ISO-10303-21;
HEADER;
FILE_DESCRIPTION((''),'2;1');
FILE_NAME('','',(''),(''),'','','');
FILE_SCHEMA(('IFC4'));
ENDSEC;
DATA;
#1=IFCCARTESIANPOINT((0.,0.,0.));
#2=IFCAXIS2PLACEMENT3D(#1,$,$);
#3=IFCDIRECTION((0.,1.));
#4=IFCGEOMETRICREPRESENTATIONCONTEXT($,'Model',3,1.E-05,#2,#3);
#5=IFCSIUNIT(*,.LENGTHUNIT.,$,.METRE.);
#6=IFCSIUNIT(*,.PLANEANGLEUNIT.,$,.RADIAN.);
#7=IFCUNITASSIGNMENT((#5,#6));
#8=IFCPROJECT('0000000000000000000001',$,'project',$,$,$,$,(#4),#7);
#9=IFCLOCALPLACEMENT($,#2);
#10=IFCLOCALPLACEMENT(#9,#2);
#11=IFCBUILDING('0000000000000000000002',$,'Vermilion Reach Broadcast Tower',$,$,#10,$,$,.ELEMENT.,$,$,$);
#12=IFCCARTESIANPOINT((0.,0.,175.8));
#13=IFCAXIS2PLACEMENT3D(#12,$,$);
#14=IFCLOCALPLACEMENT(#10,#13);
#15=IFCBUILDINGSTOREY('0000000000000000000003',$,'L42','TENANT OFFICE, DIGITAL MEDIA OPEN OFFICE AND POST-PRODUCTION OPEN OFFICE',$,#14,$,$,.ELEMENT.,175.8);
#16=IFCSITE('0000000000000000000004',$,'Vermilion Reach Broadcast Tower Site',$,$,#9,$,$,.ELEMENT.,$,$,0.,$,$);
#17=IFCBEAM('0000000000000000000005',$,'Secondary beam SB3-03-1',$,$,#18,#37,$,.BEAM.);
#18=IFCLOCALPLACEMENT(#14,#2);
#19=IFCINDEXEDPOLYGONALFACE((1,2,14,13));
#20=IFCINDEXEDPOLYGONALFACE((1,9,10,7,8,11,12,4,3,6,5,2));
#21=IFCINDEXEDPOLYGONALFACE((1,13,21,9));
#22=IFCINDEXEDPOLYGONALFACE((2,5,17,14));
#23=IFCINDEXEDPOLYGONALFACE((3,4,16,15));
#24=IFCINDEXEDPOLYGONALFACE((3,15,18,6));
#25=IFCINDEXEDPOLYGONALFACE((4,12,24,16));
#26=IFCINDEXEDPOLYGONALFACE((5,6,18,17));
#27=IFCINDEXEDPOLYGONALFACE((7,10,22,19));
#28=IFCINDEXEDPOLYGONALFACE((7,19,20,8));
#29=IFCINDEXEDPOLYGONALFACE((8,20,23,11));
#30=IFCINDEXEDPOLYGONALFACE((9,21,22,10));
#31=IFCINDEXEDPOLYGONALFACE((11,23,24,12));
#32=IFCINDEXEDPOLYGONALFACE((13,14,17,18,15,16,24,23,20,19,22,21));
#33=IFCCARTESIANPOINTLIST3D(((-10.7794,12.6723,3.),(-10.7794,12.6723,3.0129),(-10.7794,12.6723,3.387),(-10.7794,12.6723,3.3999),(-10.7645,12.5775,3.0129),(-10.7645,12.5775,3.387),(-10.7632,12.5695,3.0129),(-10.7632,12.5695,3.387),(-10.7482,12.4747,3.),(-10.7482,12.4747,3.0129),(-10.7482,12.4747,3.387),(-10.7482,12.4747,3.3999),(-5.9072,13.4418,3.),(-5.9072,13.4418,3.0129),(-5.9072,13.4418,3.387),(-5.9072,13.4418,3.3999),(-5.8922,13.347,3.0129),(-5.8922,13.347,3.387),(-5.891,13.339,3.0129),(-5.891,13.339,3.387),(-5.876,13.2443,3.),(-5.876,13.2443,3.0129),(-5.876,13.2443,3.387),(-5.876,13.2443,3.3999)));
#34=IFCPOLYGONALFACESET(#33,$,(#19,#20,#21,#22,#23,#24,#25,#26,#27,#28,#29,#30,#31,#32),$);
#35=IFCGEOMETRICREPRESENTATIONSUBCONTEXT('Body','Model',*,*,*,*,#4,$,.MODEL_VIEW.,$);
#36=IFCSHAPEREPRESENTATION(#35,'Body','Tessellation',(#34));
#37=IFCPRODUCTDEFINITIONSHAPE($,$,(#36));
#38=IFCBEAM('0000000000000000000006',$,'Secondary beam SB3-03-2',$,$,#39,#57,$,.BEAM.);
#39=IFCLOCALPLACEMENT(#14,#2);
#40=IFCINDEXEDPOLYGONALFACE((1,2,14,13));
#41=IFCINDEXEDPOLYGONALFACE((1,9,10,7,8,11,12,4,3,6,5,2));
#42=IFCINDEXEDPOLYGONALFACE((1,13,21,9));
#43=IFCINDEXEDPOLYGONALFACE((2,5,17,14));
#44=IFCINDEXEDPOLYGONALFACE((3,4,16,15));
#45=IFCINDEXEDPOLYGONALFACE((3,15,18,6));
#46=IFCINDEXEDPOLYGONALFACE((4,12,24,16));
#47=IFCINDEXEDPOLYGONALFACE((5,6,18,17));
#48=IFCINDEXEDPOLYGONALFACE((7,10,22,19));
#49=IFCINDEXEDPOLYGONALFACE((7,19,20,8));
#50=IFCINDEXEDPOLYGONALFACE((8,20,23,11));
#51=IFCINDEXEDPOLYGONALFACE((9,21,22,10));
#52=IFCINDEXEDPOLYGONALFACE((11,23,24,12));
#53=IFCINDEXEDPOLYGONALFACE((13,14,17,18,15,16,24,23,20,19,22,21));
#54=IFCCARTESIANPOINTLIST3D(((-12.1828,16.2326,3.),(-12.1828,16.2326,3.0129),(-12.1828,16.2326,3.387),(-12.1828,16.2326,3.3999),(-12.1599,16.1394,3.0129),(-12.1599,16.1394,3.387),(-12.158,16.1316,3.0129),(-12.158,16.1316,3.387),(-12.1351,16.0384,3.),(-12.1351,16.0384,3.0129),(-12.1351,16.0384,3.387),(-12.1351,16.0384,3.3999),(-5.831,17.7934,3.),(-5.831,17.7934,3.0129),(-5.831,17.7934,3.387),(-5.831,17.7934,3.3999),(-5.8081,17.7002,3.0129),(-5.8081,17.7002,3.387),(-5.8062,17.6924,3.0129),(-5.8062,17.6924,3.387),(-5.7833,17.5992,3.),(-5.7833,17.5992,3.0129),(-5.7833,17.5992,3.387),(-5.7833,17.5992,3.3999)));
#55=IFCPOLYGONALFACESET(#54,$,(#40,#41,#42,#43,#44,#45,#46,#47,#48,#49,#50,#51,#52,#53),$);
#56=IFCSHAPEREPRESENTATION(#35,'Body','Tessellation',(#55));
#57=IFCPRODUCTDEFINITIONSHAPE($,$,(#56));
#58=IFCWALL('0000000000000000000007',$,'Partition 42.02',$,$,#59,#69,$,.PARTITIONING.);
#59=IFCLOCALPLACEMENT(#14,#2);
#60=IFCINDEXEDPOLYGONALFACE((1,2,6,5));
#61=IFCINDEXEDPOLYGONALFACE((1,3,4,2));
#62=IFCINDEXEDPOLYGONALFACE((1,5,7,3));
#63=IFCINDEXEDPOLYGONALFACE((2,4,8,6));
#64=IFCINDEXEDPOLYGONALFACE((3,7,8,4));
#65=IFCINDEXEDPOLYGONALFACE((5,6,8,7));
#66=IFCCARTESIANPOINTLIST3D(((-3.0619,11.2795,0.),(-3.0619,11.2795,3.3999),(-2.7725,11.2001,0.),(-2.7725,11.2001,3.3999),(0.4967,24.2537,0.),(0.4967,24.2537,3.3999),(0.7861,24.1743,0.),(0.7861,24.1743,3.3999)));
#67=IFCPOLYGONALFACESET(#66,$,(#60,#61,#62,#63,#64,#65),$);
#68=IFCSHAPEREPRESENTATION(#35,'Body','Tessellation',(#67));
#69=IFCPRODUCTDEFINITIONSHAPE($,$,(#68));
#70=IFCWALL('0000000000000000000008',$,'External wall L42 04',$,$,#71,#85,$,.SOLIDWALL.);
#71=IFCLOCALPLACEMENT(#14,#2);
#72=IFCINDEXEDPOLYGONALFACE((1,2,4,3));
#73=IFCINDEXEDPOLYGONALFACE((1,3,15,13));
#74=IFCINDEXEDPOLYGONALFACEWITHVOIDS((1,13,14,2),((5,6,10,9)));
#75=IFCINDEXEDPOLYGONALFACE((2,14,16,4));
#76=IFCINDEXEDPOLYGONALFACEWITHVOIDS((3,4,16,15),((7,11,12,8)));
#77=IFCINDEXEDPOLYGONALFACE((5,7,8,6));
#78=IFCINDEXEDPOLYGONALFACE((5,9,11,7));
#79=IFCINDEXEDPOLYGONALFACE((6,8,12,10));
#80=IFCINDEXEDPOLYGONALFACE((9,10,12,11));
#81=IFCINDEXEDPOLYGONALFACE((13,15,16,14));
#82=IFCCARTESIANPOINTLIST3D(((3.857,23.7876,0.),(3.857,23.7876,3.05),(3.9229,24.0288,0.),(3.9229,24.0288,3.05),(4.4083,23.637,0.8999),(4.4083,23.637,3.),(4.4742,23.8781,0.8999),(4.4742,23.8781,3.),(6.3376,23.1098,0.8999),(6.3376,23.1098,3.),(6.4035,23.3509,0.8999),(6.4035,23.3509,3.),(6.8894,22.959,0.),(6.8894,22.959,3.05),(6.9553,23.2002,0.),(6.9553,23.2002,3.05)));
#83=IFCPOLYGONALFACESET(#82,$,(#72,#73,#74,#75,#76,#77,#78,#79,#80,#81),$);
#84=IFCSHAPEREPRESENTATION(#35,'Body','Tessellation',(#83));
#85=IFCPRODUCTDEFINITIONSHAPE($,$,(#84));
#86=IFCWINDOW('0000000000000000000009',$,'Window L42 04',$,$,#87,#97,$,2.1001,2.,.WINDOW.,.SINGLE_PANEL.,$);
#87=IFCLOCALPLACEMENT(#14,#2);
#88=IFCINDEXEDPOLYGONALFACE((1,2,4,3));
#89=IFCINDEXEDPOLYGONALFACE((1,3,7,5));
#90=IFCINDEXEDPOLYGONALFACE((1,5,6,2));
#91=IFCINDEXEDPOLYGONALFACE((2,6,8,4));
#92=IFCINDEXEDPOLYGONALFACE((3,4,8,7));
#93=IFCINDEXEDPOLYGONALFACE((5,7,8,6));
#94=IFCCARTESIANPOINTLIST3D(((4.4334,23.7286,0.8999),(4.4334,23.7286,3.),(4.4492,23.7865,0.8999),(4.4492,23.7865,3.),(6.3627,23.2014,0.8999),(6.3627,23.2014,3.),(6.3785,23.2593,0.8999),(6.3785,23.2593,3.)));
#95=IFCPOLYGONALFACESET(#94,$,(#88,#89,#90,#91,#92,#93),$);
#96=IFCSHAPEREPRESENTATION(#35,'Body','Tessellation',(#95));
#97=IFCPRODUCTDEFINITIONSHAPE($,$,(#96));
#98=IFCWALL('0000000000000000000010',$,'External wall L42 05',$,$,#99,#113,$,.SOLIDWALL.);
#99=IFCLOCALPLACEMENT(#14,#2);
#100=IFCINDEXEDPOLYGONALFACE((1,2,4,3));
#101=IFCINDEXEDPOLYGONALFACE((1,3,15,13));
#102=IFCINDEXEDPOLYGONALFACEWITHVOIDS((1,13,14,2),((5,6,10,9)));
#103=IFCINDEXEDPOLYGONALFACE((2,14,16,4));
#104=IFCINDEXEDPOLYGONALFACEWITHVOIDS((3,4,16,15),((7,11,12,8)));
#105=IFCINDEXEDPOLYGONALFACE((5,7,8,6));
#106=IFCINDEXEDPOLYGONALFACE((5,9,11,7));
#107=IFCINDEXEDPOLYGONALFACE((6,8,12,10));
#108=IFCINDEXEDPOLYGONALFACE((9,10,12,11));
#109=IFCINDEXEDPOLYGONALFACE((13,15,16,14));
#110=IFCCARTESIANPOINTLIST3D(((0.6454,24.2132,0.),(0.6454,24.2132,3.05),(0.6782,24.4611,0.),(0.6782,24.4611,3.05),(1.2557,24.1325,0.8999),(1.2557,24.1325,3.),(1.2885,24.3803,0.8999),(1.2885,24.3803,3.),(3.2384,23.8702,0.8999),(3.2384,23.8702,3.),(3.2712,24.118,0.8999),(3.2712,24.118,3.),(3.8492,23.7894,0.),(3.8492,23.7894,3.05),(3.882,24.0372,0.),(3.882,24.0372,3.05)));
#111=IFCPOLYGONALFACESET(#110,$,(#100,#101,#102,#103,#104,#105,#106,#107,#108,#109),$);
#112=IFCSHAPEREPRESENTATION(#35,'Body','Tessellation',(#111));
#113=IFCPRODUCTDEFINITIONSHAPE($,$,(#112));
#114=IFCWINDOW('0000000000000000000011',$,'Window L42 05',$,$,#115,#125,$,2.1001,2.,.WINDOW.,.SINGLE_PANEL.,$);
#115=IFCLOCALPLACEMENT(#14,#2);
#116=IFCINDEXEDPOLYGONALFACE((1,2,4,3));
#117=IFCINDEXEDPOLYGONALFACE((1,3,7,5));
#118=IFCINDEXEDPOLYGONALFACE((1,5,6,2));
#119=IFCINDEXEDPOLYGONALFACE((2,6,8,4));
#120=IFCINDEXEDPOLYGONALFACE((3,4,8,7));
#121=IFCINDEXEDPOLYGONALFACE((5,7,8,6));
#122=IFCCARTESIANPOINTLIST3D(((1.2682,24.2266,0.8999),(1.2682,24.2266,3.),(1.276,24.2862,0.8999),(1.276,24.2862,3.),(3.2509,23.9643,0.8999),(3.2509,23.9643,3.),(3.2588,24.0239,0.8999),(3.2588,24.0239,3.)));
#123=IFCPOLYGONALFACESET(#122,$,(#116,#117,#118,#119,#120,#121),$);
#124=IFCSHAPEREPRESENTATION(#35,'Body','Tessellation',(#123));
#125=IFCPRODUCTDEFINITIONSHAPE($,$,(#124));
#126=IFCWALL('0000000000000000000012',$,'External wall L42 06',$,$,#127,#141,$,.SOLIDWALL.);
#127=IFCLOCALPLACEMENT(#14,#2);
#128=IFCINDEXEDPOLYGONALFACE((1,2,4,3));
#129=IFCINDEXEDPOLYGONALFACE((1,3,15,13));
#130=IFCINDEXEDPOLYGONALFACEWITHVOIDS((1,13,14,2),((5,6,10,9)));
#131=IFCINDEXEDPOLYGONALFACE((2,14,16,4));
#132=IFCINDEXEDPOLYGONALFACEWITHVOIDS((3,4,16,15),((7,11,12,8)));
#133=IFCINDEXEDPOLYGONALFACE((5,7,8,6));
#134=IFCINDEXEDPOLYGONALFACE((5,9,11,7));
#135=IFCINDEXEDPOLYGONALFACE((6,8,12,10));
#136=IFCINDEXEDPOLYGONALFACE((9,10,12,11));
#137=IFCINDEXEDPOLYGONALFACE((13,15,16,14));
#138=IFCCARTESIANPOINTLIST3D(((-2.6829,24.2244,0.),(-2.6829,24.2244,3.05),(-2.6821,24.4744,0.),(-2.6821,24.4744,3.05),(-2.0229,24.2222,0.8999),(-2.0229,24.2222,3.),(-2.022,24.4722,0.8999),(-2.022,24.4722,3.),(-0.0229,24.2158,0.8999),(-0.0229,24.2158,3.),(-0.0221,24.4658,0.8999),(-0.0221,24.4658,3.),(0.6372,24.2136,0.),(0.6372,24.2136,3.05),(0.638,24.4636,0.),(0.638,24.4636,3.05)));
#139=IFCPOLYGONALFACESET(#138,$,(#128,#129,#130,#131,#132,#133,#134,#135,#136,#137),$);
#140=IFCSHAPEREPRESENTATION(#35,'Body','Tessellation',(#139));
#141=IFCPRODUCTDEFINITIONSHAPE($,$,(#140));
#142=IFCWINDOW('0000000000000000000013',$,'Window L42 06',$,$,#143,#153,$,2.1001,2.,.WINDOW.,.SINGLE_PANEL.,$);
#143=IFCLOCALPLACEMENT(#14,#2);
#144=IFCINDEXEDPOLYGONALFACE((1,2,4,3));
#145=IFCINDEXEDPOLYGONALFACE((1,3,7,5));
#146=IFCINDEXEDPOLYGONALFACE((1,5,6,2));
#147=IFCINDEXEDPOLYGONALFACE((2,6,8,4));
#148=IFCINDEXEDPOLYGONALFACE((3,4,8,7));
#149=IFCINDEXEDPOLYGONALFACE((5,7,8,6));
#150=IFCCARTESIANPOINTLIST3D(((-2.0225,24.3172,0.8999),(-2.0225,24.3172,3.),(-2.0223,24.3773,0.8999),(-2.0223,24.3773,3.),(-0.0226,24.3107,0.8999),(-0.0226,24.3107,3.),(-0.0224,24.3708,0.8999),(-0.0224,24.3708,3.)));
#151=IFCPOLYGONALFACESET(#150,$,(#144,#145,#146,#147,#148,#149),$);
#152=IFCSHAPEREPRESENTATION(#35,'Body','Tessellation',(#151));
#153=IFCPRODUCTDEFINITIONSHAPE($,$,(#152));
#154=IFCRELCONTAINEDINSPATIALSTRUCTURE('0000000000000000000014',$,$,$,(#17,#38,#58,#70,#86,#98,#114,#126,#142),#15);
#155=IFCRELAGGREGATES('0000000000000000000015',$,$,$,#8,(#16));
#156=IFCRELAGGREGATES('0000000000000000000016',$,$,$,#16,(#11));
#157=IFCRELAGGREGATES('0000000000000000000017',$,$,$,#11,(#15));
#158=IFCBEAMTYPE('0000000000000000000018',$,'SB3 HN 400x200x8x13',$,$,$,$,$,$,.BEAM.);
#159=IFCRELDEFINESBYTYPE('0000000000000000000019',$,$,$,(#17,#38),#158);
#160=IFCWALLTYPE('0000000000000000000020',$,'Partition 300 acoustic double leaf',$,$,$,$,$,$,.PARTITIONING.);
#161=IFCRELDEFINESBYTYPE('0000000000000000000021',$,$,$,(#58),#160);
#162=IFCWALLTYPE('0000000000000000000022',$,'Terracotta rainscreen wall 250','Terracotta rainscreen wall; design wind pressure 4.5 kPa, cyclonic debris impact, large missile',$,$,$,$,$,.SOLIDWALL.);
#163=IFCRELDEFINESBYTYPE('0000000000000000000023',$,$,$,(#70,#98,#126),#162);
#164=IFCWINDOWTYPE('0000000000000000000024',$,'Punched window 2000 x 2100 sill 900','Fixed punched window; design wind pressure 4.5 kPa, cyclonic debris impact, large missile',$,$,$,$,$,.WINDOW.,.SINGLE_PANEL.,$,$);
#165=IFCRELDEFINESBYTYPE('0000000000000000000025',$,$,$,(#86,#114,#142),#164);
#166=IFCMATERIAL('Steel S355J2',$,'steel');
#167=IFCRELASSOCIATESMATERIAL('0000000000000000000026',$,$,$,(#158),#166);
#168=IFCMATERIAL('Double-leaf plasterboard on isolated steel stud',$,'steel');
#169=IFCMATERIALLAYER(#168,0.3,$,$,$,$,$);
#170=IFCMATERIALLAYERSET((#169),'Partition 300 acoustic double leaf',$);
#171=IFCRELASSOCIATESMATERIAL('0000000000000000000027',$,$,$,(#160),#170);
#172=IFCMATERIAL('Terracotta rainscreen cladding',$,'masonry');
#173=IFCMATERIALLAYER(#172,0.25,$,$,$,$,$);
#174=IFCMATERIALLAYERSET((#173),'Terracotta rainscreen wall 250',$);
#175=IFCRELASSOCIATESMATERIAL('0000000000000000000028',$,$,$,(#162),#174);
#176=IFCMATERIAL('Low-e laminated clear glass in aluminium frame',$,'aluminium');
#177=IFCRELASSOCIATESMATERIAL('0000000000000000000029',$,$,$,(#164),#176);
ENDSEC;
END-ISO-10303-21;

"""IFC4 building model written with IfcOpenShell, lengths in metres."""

from ifc_helpers import new_model, si_unit, direction, frame, frame_2d, origin, origin_2d, place, context, subcontext, project, spatial, rectangle, i_section, extrude, material, layer, layer_set, material_profile, profile_set, type_object, element, fill, save


model = new_model("IFC4")

# Units and contexts
model_context = context("Model", 3, precision=1e-05, world=origin(), true_north=direction((0.0, 1.0)))
body_context = subcontext(model_context, "Body", "Model", "MODEL_VIEW")
ifc_project = project(units=[si_unit("LENGTHUNIT", "METRE"), si_unit("PLANEANGLEUNIT", "RADIAN")], contexts=[model_context])

# Site, building, storey
site_placement = place(None, origin())
site = spatial("IfcSite", under=ifc_project, at=site_placement, Name="Vermilion Reach Broadcast Tower Site", CompositionType="ELEMENT", RefElevation=0.0)
building_placement = place(site_placement, origin())
building = spatial("IfcBuilding", under=site, at=building_placement, Name="Vermilion Reach Broadcast Tower", CompositionType="ELEMENT")
storey_placement = place(building_placement, frame((0.0, 0.0, 175.8)))
storey = spatial("IfcBuildingStorey", under=building, at=storey_placement, Name="L42", Description="TENANT OFFICE, DIGITAL MEDIA OPEN OFFICE AND POST-PRODUCTION OPEN OFFICE", CompositionType="ELEMENT", Elevation=175.8)

# Beams
ifc_material_1 = material(Name="Steel S355J2", Category="steel")
ifc_material_profile_1 = material_profile(ifc_material_1, i_section(OverallWidth=0.2, OverallDepth=0.3999, WebThickness=0.0081, FlangeThickness=0.0129, at=origin_2d()), Name="S355J2 HN 400x200x8x13")
ifc_profile_set_1 = profile_set([ifc_material_profile_1], Name="Steel S355J2")
beam_type_1 = type_object("IfcBeamType", Name="SB3 HN 400x200x8x13", PredefinedType="BEAM", material=ifc_profile_set_1)
beam_1_placement = place(storey_placement, frame((-5.8916, 13.343, 3.2), z_axis=(-0.987756, -0.156006, 0.0), x_axis=(0.156006, -0.987756, 0.0)))
element("IfcBeam", 1, at=beam_1_placement, inside=storey, type_object=beam_type_1, Name="Secondary beam SB3-03-1", PredefinedType="BEAM", context=body_context, shape_type="SweptSolid", body=[
    extrude(i_section(OverallWidth=0.2, OverallDepth=0.3999, WebThickness=0.0081, FlangeThickness=0.0129, at=origin_2d()), origin(), (0.0, 0.0, 1.0), 4.9326),
])
beam_2_placement = place(storey_placement, frame((-5.8071, 17.6963, 3.2), z_axis=(-0.971112, -0.238625, 0.0), x_axis=(0.238625, -0.971112, 0.0)))
element("IfcBeam", 2, at=beam_2_placement, inside=storey, type_object=beam_type_1, Name="Secondary beam SB3-03-2", PredefinedType="BEAM", context=body_context, shape_type="SweptSolid", body=[
    extrude(i_section(OverallWidth=0.2, OverallDepth=0.3999, WebThickness=0.0081, FlangeThickness=0.0129, at=origin_2d()), origin(), (0.0, 0.0, 1.0), 6.5408),
])

# Wall
ifc_material_2 = material(Name="Double-leaf plasterboard on isolated steel stud", Category="steel")
ifc_layer_1 = layer(ifc_material_2, 0.3)
ifc_layer_set_1 = layer_set([ifc_layer_1], Name="Partition 300 acoustic double leaf")
wall_type_1 = type_object("IfcWallType", Name="Partition 300 acoustic double leaf", PredefinedType="PARTITIONING", material=ifc_layer_set_1)
wall_1_placement = place(storey_placement, frame((0.6414, 24.2139, 0.0), z_axis=(0.0, 0.0, 1.0), x_axis=(-0.264514, -0.964382, 0.0)))
element("IfcWall", 3, at=wall_1_placement, inside=storey, type_object=wall_type_1, Name="Partition 42.02", PredefinedType="PARTITIONING", context=body_context, shape_type="SweptSolid", body=[
    extrude(rectangle(XDim=13.4534, YDim=0.3, at=frame_2d((6.7266, 0.0))), origin(), (0.0, 0.0, 1.0), 3.3999),
])

# Walls, openings, windows
ifc_material_3 = material(Name="Terracotta rainscreen cladding", Category="masonry")
ifc_layer_2 = layer(ifc_material_3, 0.25)
ifc_layer_set_2 = layer_set([ifc_layer_2], Name="Terracotta rainscreen wall 250")
wall_type_2 = type_object("IfcWallType", Name="Terracotta rainscreen wall 250", Description="Terracotta rainscreen wall; design wind pressure 4.5 kPa, cyclonic debris impact, large missile", PredefinedType="SOLIDWALL", material=ifc_layer_set_2)
wall_2_placement = place(storey_placement, frame((6.9224, 23.0796, 0.0), z_axis=(0.0, 0.0, 1.0), x_axis=(-0.964636, 0.263584, 0.0)))
wall_2 = element("IfcWall", 4, at=wall_2_placement, inside=storey, type_object=wall_type_2, Name="External wall L42 04", PredefinedType="SOLIDWALL", context=body_context, shape_type="SweptSolid", body=[
    extrude(rectangle(XDim=3.1436, YDim=0.25, at=frame_2d((1.5718, 0.0))), origin(), (0.0, 0.0, 1.0), 3.05),
])
opening_1_placement = place(wall_2_placement, frame((0.572, 0.0, 0.8999)))
opening_1 = element("IfcOpeningElement", 5, at=opening_1_placement, cuts=wall_2, PredefinedType="OPENING", context=body_context, shape_type="SweptSolid", body=[
    extrude(rectangle(XDim=2.0, YDim=2.1001, at=frame_2d((1.0, 1.05))), frame((0.0, 0.135, 0.0), z_axis=(0.0, -1.0, 0.0), x_axis=(1.0, 0.0, 0.0)), (0.0, 0.0, 1.0), 0.27),
])
ifc_material_4 = material(Name="Low-e laminated clear glass in aluminium frame", Category="aluminium")
window_type = type_object("IfcWindowType", Name="Punched window 2000 x 2100 sill 900", Description="Fixed punched window; design wind pressure 4.5 kPa, cyclonic debris impact, large missile", PartitioningType="SINGLE_PANEL", PredefinedType="WINDOW", material=ifc_material_4)
window_1_placement = place(opening_1_placement, origin())
window_1 = element("IfcWindow", 6, at=window_1_placement, inside=storey, type_object=window_type, Name="Window L42 04", OverallHeight=2.1001, OverallWidth=2.0, PartitioningType="SINGLE_PANEL", PredefinedType="WINDOW", context=body_context, shape_type="SweptSolid", body=[
    extrude(rectangle(XDim=2.0, YDim=2.1001, at=frame_2d((1.0, 1.05))), frame((0.0, 0.03, 0.0), z_axis=(0.0, -1.0, 0.0), x_axis=(1.0, 0.0, 0.0)), (0.0, 0.0, 1.0), 0.0601),
])
fill(opening_1, window_1)
wall_3_placement = place(storey_placement, frame((3.8655, 23.9133, 0.0), z_axis=(0.0, 0.0, 1.0), x_axis=(-0.991363, 0.131144, 0.0)))
wall_3 = element("IfcWall", 7, at=wall_3_placement, inside=storey, type_object=wall_type_2, Name="External wall L42 05", PredefinedType="SOLIDWALL", context=body_context, shape_type="SweptSolid", body=[
    extrude(rectangle(XDim=3.2317, YDim=0.25, at=frame_2d((1.6157, 0.0))), origin(), (0.0, 0.0, 1.0), 3.05),
])
opening_2_placement = place(wall_3_placement, frame((0.616, 0.0, 0.8999)))
opening_2 = element("IfcOpeningElement", 8, at=opening_2_placement, cuts=wall_3, PredefinedType="OPENING", context=body_context, shape_type="SweptSolid", body=[
    extrude(rectangle(XDim=2.0, YDim=2.1001, at=frame_2d((1.0, 1.05))), frame((0.0, 0.135, 0.0), z_axis=(0.0, -1.0, 0.0), x_axis=(1.0, 0.0, 0.0)), (0.0, 0.0, 1.0), 0.27),
])
window_2_placement = place(opening_2_placement, origin())
window_2 = element("IfcWindow", 9, at=window_2_placement, inside=storey, type_object=window_type, Name="Window L42 05", OverallHeight=2.1001, OverallWidth=2.0, PartitioningType="SINGLE_PANEL", PredefinedType="WINDOW", context=body_context, shape_type="SweptSolid", body=[
    extrude(rectangle(XDim=2.0, YDim=2.1001, at=frame_2d((1.0, 1.05))), frame((0.0, 0.03, 0.0), z_axis=(0.0, -1.0, 0.0), x_axis=(1.0, 0.0, 0.0)), (0.0, 0.0, 1.0), 0.0601),
])
fill(opening_2, window_2)
wall_4_placement = place(storey_placement, frame((0.6377, 24.3386, 0.0), z_axis=(0.0, 0.0, 1.0), x_axis=(-0.999995, 0.003236, 0.0)))
wall_4 = element("IfcWall", 10, at=wall_4_placement, inside=storey, type_object=wall_type_2, Name="External wall L42 06", PredefinedType="SOLIDWALL", context=body_context, shape_type="SweptSolid", body=[
    extrude(rectangle(XDim=3.3201, YDim=0.25, at=frame_2d((1.6602, 0.0))), origin(), (0.0, 0.0, 1.0), 3.05),
])
opening_3_placement = place(wall_4_placement, frame((0.6602, 0.0, 0.8999)))
opening_3 = element("IfcOpeningElement", 11, at=opening_3_placement, cuts=wall_4, PredefinedType="OPENING", context=body_context, shape_type="SweptSolid", body=[
    extrude(rectangle(XDim=2.0, YDim=2.1001, at=frame_2d((1.0, 1.05))), frame((0.0, 0.135, 0.0), z_axis=(0.0, -1.0, 0.0), x_axis=(1.0, 0.0, 0.0)), (0.0, 0.0, 1.0), 0.27),
])
window_3_placement = place(opening_3_placement, origin())
window_3 = element("IfcWindow", 12, at=window_3_placement, inside=storey, type_object=window_type, Name="Window L42 06", OverallHeight=2.1001, OverallWidth=2.0, PartitioningType="SINGLE_PANEL", PredefinedType="WINDOW", context=body_context, shape_type="SweptSolid", body=[
    extrude(rectangle(XDim=2.0, YDim=2.1001, at=frame_2d((1.0, 1.05))), frame((0.0, 0.03, 0.0), z_axis=(0.0, -1.0, 0.0), x_axis=(1.0, 0.0, 0.0)), (0.0, 0.0, 1.0), 0.0601),
])
fill(opening_3, window_3)

save(model, "model.ifc")
